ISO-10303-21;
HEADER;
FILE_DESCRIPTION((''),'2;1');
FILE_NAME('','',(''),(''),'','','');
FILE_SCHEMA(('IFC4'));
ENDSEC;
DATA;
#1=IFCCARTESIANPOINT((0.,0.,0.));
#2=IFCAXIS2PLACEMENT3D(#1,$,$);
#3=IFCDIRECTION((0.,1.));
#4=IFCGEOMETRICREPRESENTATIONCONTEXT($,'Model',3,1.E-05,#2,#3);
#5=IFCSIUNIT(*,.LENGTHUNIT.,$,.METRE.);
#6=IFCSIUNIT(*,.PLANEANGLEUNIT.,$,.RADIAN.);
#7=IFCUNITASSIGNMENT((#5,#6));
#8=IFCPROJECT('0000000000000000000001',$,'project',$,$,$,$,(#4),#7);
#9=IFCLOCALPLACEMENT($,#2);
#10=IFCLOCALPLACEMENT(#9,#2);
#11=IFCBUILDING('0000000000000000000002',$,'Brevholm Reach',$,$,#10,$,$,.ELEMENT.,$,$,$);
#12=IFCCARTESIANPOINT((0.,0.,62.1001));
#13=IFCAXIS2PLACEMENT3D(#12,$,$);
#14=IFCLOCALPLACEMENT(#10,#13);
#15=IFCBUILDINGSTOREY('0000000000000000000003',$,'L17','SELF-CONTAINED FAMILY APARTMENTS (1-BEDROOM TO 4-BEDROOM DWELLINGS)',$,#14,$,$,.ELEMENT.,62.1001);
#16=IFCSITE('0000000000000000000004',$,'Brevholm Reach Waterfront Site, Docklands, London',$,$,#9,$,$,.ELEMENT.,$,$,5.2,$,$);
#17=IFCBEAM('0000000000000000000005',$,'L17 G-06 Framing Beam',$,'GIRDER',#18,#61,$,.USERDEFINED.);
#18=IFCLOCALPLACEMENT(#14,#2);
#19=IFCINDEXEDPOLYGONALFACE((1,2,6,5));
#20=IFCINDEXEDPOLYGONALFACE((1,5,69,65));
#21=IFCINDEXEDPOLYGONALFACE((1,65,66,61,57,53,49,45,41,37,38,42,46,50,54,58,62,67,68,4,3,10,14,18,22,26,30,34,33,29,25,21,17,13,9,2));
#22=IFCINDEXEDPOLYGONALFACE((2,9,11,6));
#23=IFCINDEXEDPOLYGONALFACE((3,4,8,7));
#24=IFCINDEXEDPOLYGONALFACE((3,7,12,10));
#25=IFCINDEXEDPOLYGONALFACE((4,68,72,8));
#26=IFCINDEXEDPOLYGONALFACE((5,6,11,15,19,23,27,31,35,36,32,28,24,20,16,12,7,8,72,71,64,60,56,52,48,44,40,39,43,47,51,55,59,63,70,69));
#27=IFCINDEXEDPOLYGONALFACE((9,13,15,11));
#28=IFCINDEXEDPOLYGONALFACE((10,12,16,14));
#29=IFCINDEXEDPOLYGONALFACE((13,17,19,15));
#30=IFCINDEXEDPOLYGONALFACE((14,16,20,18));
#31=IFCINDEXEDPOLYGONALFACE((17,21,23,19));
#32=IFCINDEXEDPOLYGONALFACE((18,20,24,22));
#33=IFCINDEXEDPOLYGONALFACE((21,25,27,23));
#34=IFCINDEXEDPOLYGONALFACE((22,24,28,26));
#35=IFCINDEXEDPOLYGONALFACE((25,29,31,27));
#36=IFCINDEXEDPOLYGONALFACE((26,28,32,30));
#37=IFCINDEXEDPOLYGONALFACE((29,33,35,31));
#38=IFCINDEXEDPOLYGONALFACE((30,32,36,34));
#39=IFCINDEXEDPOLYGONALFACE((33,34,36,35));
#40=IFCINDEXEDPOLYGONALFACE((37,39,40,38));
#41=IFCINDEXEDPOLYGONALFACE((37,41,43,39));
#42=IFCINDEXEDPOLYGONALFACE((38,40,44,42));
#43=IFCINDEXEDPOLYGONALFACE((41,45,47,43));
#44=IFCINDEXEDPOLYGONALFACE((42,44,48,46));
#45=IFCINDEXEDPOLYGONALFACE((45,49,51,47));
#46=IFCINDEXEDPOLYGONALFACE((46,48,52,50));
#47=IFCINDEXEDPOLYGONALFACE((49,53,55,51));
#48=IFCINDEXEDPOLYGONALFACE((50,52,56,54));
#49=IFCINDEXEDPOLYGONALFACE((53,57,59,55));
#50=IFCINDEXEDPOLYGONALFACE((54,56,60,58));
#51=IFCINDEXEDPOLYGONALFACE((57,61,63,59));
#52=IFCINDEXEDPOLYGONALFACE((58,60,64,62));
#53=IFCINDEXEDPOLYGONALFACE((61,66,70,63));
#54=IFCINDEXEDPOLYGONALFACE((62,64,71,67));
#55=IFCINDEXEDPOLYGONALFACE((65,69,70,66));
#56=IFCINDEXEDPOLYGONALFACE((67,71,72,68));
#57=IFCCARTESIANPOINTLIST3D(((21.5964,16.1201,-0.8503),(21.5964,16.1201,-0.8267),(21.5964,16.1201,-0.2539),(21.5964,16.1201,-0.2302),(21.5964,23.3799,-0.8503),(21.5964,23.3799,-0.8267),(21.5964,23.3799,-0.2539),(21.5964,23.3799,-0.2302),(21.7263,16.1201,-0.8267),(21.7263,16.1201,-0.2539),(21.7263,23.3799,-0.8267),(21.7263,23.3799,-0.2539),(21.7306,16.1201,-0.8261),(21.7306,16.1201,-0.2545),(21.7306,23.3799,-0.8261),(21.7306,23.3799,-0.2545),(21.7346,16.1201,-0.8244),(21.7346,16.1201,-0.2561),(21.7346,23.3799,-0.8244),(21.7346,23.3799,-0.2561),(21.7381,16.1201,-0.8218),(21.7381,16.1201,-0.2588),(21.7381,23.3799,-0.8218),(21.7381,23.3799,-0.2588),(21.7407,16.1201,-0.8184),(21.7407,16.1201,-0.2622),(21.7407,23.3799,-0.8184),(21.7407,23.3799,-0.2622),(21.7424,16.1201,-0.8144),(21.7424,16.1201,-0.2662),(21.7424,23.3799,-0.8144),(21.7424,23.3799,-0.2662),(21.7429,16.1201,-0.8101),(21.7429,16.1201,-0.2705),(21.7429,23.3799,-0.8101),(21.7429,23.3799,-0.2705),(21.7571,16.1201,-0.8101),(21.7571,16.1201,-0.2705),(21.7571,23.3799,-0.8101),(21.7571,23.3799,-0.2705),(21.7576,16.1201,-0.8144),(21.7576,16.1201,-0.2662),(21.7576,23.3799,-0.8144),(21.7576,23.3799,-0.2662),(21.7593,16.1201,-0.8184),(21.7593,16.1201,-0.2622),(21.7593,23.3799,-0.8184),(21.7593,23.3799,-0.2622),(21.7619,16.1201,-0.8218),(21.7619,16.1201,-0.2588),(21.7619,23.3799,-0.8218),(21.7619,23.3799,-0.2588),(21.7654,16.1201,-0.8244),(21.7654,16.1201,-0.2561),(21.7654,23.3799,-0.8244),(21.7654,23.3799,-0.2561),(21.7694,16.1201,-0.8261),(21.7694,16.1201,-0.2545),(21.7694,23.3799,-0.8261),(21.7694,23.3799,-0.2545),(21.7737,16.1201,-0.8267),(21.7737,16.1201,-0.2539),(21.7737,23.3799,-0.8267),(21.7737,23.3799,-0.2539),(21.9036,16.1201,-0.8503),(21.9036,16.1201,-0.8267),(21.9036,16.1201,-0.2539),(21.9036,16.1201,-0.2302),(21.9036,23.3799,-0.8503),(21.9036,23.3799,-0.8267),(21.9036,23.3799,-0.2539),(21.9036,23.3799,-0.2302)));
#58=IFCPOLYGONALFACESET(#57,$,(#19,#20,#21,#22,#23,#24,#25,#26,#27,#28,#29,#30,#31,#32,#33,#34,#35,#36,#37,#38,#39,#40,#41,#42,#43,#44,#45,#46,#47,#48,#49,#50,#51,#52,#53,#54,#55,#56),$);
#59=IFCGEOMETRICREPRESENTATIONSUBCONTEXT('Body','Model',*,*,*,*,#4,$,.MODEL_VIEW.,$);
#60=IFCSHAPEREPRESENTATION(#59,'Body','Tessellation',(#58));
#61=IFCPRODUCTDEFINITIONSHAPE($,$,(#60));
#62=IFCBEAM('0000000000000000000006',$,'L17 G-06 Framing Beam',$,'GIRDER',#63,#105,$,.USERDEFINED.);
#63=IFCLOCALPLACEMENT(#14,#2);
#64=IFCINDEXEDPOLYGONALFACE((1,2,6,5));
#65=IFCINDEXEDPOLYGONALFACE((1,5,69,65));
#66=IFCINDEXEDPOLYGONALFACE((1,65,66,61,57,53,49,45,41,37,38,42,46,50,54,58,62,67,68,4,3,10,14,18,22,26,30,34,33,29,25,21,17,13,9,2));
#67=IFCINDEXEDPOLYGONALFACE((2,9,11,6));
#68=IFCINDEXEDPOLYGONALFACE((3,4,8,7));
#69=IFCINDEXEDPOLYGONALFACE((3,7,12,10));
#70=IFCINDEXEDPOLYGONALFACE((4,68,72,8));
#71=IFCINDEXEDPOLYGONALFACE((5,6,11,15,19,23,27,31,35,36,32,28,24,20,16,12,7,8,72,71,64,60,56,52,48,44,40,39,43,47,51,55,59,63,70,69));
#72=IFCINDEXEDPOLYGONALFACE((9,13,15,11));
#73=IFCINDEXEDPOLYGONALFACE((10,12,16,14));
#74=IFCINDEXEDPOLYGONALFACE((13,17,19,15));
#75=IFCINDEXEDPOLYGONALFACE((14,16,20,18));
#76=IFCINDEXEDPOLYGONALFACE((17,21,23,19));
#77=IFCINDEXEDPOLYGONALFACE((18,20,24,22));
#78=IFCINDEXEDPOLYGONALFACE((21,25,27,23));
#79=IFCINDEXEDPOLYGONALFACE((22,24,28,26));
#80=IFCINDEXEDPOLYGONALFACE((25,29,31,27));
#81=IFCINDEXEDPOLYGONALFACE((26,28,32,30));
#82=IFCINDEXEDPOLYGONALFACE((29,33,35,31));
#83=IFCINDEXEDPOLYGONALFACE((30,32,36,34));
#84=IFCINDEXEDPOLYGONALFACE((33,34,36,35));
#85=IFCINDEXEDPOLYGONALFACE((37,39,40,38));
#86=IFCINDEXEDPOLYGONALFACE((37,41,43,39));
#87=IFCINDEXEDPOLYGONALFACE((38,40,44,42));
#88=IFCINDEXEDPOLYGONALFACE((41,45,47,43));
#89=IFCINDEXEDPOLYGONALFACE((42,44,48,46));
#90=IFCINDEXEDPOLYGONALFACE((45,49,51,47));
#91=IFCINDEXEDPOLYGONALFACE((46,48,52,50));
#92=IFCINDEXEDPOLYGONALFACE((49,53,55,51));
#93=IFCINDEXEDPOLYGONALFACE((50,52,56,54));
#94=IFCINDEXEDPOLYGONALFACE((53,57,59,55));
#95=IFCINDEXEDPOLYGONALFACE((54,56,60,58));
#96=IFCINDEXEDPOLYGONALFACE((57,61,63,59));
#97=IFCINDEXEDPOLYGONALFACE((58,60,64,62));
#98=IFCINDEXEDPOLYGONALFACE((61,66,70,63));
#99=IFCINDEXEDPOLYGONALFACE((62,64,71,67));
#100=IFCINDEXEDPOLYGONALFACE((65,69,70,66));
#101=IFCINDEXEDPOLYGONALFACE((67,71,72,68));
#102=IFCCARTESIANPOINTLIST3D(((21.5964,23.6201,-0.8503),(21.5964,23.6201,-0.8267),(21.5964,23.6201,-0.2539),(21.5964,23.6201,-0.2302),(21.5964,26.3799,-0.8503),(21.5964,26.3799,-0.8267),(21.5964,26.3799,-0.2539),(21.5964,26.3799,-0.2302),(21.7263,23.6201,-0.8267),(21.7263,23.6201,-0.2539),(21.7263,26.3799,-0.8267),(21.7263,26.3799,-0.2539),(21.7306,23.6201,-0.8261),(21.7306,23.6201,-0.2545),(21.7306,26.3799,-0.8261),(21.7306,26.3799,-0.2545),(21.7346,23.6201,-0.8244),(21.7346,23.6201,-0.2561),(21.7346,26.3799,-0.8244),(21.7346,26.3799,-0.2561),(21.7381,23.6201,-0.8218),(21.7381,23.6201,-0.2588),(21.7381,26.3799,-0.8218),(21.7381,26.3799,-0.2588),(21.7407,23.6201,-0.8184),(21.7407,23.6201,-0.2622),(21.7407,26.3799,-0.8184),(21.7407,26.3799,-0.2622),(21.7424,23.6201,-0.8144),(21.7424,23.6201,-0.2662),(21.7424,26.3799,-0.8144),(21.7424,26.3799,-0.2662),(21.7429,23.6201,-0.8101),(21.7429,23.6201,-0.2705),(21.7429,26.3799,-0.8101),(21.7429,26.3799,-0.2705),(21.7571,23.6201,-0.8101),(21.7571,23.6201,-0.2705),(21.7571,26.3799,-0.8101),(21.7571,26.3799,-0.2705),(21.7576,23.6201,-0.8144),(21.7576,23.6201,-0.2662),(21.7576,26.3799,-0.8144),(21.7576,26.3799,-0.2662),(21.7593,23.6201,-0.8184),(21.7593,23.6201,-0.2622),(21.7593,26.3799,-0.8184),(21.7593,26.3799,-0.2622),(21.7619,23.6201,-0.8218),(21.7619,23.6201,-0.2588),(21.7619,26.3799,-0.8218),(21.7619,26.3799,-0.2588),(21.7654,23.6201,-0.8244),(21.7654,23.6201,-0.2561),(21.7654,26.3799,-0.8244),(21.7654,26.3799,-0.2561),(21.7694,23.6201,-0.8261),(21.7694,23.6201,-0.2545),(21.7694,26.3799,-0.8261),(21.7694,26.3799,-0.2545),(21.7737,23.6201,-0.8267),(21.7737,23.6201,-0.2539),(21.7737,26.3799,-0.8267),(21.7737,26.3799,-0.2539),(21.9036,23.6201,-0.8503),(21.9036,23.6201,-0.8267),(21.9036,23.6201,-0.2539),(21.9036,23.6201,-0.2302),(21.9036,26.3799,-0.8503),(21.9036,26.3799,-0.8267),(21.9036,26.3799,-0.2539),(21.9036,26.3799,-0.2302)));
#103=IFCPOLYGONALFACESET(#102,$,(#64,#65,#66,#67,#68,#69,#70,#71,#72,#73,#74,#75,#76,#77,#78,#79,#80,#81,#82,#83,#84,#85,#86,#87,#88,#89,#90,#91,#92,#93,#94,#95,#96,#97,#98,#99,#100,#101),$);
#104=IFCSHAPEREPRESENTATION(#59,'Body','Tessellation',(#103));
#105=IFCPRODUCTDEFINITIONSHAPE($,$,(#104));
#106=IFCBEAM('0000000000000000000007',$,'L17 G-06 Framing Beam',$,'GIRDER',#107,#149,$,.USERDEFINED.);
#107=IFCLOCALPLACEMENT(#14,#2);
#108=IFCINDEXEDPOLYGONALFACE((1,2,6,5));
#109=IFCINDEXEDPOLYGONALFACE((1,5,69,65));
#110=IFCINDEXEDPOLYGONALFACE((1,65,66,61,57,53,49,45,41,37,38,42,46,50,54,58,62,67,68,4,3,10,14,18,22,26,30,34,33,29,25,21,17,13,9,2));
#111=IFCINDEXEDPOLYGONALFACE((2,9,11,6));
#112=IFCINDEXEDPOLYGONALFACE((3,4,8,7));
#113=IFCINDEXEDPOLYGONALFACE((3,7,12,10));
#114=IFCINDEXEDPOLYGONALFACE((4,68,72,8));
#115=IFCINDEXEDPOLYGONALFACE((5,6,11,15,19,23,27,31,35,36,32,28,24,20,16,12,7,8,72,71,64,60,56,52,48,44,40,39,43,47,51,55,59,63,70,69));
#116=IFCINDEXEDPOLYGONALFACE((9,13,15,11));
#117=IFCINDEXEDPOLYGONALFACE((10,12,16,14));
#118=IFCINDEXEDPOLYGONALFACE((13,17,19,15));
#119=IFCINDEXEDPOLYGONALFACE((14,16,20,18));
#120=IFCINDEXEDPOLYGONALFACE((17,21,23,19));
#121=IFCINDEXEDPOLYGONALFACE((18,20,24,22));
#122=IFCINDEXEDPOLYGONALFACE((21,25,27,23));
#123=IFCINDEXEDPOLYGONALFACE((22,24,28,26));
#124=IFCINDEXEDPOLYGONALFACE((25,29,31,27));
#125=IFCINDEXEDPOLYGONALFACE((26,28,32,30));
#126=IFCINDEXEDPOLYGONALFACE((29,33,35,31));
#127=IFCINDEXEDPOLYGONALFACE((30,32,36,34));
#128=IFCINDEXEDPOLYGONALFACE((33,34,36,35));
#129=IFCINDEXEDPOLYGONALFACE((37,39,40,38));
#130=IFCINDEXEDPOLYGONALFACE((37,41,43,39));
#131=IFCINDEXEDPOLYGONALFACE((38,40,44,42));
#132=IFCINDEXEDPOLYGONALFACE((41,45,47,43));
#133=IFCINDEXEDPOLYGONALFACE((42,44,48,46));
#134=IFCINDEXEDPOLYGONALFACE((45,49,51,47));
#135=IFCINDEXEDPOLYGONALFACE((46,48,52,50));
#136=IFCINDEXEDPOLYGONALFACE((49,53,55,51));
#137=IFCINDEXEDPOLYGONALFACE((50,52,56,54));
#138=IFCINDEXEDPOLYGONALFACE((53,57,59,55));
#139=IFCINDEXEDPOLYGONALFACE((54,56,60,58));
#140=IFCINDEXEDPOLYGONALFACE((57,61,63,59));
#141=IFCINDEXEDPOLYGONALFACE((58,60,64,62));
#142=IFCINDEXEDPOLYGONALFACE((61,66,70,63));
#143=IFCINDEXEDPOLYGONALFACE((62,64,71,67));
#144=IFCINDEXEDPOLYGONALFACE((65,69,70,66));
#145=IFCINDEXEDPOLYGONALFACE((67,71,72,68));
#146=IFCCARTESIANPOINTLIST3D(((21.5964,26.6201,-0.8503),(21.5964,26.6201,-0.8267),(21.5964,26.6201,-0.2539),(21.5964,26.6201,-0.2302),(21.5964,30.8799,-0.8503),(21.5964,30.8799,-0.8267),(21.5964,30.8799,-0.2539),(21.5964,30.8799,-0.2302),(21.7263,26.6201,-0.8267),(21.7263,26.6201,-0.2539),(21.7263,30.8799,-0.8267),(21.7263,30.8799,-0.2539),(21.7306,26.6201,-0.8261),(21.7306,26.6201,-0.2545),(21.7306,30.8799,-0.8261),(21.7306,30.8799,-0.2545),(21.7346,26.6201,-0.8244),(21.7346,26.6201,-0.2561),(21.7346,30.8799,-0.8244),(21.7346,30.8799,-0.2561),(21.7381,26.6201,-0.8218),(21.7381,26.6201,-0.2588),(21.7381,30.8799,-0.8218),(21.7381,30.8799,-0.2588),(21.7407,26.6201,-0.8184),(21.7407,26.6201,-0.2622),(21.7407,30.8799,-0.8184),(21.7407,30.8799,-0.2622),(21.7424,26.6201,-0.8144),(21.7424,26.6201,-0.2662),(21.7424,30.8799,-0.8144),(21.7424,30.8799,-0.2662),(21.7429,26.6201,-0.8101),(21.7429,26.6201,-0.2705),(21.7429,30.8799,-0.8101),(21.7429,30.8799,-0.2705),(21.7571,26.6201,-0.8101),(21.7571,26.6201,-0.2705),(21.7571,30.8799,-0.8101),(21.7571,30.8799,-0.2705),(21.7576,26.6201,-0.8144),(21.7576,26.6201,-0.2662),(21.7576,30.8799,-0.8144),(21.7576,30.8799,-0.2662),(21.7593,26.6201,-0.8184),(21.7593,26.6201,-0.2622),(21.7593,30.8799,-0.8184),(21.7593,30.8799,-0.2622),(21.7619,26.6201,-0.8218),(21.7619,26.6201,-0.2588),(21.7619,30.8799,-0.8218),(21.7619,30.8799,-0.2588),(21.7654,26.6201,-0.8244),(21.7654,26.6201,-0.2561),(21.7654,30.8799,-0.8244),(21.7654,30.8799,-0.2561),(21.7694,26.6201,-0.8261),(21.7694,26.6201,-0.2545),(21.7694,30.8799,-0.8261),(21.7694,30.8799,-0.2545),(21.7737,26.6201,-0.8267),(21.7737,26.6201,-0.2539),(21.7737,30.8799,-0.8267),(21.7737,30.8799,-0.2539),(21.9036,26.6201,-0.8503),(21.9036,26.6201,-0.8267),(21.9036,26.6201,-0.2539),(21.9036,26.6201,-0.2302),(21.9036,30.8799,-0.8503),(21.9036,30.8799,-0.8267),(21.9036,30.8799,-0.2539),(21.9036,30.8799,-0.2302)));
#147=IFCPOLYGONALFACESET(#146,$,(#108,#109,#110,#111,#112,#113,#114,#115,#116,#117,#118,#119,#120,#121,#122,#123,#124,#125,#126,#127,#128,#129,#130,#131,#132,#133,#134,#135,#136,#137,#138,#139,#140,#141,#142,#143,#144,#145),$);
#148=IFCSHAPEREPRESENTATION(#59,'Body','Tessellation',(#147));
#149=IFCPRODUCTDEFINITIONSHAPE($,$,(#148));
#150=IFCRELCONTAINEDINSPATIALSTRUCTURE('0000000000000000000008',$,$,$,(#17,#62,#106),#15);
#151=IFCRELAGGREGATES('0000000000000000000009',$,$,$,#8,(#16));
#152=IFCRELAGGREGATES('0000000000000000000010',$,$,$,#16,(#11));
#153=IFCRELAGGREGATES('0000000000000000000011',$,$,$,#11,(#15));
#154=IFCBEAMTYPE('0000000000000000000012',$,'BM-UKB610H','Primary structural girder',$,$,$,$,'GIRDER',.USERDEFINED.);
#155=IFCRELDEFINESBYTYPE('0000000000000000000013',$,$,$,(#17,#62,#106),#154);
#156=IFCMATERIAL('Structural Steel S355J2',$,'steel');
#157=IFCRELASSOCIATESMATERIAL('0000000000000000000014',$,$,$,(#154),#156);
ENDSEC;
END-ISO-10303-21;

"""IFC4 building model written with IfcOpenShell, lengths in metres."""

from ifc_helpers import new_model, si_unit, direction, frame, origin, origin_2d, place, context, subcontext, project, spatial, i_section, extrude, material, material_profile, profile_set, type_object, element, save


model = new_model("IFC4")

# Units and contexts
model_context = context("Model", 3, precision=1e-05, world=origin(), true_north=direction((0.0, 1.0)))
body_context = subcontext(model_context, "Body", "Model", "MODEL_VIEW")
ifc_project = project(units=[si_unit("LENGTHUNIT", "METRE"), si_unit("PLANEANGLEUNIT", "RADIAN")], contexts=[model_context])

# Site, building, storey
site_placement = place(None, origin())
site = spatial("IfcSite", under=ifc_project, at=site_placement, Name="Brevholm Reach Waterfront Site, Docklands, London", CompositionType="ELEMENT", RefElevation=5.2)
building_placement = place(site_placement, origin())
building = spatial("IfcBuilding", under=site, at=building_placement, Name="Brevholm Reach", CompositionType="ELEMENT")
storey_placement = place(building_placement, frame((0.0, 0.0, 62.1001)))
storey = spatial("IfcBuildingStorey", under=building, at=storey_placement, Name="L17", Description="SELF-CONTAINED FAMILY APARTMENTS (1-BEDROOM TO 4-BEDROOM DWELLINGS)", CompositionType="ELEMENT", Elevation=62.1001)

# Beams
ifc_material_1 = material(Name="Structural Steel S355J2", Category="steel")
ifc_material_profile_1 = material_profile(ifc_material_1, i_section(OverallWidth=0.3071, OverallDepth=0.6201, WebThickness=0.0142, FlangeThickness=0.0237, FilletRadius=0.0166, at=origin_2d()), Name="UKB 610x305x179")
ifc_profile_set_1 = profile_set([ifc_material_profile_1], Name="Structural Steel S355J2")
beam_type_1 = type_object("IfcBeamType", Name="BM-UKB610H", Description="Primary structural girder", ElementType="GIRDER", PredefinedType="USERDEFINED", material=ifc_profile_set_1)
beam_1_placement = place(storey_placement, frame((21.75, 16.1201, -0.5403), z_axis=(0.0, 1.0, 0.0), x_axis=(-1.0, 0.0, 0.0)))
element("IfcBeam", 1, at=beam_1_placement, inside=storey, type_object=beam_type_1, Name="L17 G-06 Framing Beam", ObjectType="GIRDER", PredefinedType="USERDEFINED", context=body_context, shape_type="SweptSolid", body=[
    extrude(i_section(OverallWidth=0.3071, OverallDepth=0.6201, WebThickness=0.0142, FlangeThickness=0.0237, FilletRadius=0.0166, at=origin_2d()), origin(), (0.0, 0.0, 1.0), 7.2598),
])
beam_2_placement = place(storey_placement, frame((21.75, 23.6201, -0.5403), z_axis=(0.0, 1.0, 0.0), x_axis=(-1.0, 0.0, 0.0)))
element("IfcBeam", 2, at=beam_2_placement, inside=storey, type_object=beam_type_1, Name="L17 G-06 Framing Beam", ObjectType="GIRDER", PredefinedType="USERDEFINED", context=body_context, shape_type="SweptSolid", body=[
    extrude(i_section(OverallWidth=0.3071, OverallDepth=0.6201, WebThickness=0.0142, FlangeThickness=0.0237, FilletRadius=0.0166, at=origin_2d()), origin(), (0.0, 0.0, 1.0), 2.7598),
])
beam_3_placement = place(storey_placement, frame((21.75, 26.6201, -0.5403), z_axis=(0.0, 1.0, 0.0), x_axis=(-1.0, 0.0, 0.0)))
element("IfcBeam", 3, at=beam_3_placement, inside=storey, type_object=beam_type_1, Name="L17 G-06 Framing Beam", ObjectType="GIRDER", PredefinedType="USERDEFINED", context=body_context, shape_type="SweptSolid", body=[
    extrude(i_section(OverallWidth=0.3071, OverallDepth=0.6201, WebThickness=0.0142, FlangeThickness=0.0237, FilletRadius=0.0166, at=origin_2d()), origin(), (0.0, 0.0, 1.0), 4.2598),
])

save(model, "model.ifc")
